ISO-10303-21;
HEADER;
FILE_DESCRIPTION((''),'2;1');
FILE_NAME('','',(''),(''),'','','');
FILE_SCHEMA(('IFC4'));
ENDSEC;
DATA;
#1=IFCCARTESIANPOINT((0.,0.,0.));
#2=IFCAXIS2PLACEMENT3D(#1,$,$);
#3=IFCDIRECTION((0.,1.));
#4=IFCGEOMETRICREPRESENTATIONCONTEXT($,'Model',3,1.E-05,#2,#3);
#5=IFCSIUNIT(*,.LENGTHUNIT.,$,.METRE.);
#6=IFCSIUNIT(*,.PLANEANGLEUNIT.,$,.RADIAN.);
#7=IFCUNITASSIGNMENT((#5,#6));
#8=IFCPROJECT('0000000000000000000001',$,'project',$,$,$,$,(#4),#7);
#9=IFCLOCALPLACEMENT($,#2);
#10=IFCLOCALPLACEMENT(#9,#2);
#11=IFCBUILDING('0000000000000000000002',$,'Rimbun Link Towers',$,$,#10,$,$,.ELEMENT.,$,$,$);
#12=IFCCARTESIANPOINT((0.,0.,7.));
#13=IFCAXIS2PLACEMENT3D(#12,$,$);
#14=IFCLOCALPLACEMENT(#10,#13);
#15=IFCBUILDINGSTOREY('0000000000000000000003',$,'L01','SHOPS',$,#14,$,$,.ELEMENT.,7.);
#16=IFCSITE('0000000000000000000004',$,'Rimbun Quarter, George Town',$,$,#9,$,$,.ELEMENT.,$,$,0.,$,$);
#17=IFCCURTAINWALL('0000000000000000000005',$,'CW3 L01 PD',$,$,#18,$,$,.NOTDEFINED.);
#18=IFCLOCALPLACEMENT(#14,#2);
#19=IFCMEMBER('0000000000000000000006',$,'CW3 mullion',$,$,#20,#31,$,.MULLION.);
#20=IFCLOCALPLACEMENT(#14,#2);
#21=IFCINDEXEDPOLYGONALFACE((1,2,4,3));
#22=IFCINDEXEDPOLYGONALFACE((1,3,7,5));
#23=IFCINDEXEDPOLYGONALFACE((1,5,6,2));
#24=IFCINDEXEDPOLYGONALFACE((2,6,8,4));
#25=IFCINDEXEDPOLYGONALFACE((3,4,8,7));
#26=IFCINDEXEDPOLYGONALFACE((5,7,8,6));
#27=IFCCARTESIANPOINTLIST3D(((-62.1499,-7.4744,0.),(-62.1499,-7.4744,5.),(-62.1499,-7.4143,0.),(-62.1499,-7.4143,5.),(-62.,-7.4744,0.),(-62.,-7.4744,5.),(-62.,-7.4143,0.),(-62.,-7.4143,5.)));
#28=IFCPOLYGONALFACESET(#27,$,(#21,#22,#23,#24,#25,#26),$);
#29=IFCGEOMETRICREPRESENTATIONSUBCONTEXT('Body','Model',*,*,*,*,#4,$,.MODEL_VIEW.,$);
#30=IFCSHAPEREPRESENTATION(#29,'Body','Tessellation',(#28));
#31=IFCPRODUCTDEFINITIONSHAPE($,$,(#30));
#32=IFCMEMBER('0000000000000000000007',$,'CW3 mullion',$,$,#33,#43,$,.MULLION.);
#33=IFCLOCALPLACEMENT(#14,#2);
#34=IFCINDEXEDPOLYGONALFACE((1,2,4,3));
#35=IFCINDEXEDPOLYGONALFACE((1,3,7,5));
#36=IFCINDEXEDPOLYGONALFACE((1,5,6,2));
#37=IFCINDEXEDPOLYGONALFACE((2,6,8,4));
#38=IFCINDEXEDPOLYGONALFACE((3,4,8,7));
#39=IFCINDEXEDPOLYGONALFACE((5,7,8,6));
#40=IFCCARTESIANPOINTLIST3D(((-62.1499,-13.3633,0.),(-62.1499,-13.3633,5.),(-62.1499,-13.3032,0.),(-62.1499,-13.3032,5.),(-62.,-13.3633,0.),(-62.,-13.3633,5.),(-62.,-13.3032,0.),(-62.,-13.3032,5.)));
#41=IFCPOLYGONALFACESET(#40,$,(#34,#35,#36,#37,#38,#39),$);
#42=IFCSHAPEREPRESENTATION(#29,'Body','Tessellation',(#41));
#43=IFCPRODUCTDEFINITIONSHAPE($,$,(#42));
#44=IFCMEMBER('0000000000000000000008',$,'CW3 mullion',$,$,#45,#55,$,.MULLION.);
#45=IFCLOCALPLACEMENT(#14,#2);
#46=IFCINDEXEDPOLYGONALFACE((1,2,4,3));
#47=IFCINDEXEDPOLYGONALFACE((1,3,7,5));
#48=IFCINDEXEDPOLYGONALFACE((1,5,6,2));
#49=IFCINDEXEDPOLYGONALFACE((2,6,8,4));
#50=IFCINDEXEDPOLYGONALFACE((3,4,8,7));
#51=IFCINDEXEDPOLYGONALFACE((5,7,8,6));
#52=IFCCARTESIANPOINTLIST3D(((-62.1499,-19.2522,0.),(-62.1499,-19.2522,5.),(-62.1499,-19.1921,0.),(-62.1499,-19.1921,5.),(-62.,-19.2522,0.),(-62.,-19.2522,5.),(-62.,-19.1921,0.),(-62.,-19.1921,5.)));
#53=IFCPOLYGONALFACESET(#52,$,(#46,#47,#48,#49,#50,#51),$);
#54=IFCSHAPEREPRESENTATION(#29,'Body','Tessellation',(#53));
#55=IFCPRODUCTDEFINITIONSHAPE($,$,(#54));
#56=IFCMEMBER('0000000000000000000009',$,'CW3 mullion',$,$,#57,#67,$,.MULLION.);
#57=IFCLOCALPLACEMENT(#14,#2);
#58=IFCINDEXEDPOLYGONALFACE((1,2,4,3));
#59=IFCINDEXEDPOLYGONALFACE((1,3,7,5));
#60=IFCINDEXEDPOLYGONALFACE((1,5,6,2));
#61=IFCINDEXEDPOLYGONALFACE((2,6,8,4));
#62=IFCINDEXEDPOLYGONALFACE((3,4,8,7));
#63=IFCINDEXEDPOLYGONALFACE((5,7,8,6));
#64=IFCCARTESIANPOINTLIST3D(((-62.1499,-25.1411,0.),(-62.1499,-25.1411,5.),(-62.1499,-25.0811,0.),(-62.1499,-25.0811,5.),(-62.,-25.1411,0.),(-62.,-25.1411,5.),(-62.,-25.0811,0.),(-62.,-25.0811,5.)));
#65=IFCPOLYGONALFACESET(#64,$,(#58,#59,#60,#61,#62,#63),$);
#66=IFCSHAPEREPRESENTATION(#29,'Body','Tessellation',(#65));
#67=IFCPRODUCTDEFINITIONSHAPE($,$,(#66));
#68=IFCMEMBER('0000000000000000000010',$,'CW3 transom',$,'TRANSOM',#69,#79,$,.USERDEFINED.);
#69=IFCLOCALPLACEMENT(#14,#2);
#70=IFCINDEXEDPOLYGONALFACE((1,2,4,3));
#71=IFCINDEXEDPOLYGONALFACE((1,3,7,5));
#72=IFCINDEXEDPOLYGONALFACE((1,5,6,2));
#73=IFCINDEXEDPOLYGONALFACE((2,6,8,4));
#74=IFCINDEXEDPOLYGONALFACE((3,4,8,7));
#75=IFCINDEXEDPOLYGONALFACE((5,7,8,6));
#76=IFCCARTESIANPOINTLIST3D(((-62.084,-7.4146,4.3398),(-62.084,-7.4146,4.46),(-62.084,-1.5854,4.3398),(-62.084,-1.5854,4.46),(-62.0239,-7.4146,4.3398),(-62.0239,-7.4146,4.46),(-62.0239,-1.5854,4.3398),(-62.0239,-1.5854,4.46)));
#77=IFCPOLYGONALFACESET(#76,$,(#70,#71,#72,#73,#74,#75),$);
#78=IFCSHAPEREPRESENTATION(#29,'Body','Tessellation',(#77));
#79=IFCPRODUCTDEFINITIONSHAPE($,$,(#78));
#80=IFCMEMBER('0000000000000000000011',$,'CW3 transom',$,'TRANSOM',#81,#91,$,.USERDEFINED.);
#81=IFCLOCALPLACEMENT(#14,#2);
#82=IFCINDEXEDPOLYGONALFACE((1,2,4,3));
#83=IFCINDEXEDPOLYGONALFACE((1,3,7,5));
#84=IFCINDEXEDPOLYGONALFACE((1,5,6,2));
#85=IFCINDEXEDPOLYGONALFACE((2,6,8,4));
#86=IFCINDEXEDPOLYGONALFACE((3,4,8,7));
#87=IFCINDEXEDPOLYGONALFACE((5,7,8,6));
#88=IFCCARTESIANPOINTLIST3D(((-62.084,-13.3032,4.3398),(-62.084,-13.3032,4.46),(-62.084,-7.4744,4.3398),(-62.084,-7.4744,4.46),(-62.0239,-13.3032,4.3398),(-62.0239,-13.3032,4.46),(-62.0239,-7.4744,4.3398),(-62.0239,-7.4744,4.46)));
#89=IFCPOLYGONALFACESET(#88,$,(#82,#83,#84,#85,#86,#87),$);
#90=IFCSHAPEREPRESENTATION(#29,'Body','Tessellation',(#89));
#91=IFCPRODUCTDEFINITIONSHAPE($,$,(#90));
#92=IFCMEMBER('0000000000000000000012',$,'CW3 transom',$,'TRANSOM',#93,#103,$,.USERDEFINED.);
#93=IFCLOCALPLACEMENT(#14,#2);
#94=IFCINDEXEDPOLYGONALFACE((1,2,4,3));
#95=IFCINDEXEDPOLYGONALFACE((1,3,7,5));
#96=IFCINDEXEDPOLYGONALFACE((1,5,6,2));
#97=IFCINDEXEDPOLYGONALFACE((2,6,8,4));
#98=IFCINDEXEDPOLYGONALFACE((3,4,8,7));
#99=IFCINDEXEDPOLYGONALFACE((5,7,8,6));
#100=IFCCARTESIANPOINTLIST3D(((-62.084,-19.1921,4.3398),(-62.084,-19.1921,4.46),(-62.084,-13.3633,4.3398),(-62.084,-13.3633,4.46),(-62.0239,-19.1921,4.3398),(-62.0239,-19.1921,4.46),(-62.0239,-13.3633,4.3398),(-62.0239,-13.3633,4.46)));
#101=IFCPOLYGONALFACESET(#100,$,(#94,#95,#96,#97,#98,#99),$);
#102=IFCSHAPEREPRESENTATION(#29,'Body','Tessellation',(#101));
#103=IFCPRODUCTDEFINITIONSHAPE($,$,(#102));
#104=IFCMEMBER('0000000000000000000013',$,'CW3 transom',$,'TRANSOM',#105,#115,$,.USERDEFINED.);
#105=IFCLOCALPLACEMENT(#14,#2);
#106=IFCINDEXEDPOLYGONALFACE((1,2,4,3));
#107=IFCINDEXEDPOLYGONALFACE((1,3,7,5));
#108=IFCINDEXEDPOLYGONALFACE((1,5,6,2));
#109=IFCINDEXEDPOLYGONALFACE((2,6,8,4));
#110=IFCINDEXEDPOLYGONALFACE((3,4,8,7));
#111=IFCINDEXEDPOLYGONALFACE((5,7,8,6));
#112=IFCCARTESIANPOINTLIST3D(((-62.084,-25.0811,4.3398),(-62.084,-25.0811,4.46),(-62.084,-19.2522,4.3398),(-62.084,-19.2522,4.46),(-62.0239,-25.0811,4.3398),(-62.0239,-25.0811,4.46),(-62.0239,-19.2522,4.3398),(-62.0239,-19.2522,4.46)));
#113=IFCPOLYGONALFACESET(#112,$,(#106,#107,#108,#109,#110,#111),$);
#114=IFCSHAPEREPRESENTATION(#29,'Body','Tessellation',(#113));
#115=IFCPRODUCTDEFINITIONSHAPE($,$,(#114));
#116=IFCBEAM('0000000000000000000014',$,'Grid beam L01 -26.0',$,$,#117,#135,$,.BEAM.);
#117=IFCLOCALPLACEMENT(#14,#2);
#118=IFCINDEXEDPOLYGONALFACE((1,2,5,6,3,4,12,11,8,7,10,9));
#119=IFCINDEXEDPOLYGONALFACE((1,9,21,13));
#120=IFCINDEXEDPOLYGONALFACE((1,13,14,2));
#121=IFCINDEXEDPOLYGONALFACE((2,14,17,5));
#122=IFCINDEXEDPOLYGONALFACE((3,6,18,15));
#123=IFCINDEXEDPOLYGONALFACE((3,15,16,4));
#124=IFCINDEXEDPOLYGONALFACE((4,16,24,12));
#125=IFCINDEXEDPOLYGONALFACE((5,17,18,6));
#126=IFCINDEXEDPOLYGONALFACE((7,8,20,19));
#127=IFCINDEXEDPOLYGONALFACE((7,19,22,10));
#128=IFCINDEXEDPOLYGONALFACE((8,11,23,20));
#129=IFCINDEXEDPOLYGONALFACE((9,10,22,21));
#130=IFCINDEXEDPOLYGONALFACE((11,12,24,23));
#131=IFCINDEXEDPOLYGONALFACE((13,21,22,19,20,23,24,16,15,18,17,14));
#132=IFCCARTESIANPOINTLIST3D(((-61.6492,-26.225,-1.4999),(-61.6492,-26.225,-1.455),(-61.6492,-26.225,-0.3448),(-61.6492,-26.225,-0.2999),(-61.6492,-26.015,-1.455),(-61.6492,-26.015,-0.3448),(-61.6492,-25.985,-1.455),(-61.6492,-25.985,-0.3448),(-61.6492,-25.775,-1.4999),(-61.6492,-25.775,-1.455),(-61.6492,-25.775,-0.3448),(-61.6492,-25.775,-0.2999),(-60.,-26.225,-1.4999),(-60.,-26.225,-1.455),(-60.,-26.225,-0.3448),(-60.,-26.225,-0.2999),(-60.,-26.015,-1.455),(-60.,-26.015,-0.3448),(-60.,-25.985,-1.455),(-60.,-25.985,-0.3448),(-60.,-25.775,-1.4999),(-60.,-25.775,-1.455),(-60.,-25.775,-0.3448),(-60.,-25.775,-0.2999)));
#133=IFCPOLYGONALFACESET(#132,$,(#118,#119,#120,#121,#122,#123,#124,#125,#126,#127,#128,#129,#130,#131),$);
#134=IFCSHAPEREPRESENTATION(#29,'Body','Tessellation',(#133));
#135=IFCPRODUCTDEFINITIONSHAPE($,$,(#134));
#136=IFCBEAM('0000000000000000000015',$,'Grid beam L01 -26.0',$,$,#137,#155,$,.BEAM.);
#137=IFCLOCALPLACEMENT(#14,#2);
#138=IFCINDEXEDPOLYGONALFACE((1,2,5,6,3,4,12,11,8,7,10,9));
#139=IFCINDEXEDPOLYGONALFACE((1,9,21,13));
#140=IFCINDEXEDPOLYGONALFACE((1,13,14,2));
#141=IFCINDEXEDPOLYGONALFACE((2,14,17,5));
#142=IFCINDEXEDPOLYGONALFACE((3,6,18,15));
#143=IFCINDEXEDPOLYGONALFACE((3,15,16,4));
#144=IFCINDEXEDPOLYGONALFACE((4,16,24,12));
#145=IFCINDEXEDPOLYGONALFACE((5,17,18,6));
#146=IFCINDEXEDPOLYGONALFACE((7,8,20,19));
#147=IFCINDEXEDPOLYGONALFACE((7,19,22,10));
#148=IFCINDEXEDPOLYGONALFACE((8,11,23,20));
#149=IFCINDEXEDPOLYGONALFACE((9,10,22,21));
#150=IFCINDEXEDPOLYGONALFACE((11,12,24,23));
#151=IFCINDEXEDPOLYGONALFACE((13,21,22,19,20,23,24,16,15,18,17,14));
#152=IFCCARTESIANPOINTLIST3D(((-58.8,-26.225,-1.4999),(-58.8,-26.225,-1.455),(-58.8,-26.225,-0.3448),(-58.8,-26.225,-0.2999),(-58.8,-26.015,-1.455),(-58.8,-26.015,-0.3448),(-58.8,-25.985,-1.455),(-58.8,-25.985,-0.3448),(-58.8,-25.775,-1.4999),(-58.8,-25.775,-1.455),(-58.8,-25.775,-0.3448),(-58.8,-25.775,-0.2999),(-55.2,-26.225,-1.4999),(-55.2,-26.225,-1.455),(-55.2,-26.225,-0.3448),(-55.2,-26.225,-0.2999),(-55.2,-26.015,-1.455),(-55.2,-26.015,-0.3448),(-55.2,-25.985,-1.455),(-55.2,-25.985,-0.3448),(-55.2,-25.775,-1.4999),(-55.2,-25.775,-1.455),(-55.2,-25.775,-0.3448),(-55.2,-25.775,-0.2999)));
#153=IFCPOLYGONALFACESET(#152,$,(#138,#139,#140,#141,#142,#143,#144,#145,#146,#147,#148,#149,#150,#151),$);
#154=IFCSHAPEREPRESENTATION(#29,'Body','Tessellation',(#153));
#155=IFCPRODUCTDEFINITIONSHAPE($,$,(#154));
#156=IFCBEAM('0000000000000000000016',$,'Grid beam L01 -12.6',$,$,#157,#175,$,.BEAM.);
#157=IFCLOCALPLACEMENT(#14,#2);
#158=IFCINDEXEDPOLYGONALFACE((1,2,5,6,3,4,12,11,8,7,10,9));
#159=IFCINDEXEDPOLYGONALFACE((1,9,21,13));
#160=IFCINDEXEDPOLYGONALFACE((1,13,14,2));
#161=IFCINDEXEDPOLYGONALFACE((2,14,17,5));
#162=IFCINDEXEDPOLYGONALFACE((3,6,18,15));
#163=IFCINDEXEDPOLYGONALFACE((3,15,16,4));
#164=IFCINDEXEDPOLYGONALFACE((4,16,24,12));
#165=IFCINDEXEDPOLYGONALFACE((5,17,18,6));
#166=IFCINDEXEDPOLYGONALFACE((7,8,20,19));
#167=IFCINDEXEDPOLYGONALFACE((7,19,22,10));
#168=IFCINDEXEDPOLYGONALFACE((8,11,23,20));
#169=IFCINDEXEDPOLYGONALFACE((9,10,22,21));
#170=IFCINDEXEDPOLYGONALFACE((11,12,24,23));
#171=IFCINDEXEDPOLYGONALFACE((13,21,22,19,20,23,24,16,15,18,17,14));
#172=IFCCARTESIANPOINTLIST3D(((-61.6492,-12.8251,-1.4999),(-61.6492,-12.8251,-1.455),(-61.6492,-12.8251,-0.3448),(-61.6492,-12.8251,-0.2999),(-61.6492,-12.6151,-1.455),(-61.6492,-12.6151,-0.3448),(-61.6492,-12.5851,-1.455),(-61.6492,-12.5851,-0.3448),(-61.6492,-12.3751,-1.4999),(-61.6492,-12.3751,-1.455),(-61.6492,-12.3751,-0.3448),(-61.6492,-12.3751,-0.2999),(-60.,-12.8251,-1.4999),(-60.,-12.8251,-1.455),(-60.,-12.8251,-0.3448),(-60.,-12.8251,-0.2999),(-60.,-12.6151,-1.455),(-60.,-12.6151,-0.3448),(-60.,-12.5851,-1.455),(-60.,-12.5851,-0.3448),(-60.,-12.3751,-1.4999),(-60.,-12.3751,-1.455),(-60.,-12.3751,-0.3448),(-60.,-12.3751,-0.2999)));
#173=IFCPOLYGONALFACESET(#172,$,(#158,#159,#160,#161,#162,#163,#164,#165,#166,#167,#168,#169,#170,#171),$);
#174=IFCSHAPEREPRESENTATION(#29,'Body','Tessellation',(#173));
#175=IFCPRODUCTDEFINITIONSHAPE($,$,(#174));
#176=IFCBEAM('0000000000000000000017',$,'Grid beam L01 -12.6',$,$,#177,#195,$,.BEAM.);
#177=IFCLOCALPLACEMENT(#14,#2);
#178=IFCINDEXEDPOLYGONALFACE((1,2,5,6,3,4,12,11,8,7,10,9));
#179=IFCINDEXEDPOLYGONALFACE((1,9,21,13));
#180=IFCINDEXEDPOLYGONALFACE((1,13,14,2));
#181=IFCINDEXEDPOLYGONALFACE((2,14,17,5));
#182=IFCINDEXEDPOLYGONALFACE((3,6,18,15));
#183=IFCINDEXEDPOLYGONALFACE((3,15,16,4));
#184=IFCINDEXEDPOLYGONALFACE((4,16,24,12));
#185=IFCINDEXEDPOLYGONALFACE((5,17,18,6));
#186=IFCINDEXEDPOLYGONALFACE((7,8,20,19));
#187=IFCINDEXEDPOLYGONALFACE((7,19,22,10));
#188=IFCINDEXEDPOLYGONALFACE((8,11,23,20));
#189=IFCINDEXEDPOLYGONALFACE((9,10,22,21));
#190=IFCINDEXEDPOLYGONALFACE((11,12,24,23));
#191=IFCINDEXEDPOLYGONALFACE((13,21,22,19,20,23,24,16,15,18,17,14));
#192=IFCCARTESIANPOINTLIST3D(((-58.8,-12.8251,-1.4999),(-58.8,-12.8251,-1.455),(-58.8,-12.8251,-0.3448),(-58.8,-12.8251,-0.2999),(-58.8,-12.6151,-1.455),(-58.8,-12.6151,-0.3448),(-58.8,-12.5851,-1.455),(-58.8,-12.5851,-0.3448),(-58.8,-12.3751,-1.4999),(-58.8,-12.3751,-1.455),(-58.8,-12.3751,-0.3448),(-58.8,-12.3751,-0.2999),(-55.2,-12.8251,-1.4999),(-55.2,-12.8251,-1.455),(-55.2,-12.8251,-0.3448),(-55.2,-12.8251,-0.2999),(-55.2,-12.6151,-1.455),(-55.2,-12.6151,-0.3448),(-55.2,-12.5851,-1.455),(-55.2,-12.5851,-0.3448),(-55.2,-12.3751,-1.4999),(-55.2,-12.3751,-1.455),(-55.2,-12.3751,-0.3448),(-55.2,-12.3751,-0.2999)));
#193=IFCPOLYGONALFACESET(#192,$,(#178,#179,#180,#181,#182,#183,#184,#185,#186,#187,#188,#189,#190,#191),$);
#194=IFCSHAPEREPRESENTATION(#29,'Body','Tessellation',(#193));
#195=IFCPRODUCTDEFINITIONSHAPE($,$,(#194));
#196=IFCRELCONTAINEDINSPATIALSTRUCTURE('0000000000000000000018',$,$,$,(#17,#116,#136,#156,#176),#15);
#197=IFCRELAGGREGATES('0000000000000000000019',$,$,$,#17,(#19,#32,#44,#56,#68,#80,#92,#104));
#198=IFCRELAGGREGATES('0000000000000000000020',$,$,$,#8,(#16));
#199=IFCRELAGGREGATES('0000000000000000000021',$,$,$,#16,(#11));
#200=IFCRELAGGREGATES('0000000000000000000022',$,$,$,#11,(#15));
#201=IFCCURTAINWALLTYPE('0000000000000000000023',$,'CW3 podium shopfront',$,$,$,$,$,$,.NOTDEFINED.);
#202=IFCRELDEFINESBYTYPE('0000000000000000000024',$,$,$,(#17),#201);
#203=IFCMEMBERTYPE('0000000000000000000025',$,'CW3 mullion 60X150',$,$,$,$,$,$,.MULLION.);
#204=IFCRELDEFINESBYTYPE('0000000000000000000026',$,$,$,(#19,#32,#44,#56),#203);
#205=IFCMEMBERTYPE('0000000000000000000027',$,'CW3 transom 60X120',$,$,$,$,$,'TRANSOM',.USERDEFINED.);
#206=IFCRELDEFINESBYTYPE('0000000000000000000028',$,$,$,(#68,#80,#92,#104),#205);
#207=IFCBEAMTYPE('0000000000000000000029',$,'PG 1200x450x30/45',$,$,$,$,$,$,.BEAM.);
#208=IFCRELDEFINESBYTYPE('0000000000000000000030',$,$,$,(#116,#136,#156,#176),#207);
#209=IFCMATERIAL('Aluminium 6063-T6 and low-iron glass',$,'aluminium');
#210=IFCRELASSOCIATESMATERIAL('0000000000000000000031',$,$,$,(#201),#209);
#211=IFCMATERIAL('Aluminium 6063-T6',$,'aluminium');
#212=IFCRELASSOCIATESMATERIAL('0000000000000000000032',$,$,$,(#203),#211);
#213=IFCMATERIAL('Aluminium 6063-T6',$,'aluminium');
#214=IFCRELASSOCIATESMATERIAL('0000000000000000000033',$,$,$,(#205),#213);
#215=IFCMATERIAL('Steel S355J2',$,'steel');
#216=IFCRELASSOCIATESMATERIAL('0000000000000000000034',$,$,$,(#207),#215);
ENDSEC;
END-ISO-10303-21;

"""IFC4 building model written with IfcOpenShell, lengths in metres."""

from ifc_helpers import new_model, si_unit, direction, frame, origin, origin_2d, place, context, subcontext, project, spatial, rectangle, i_section, extrude, material, material_profile, profile_set, type_object, element, aggregate, save


model = new_model("IFC4")

# Units and contexts
model_context = context("Model", 3, precision=1e-05, world=origin(), true_north=direction((0.0, 1.0)))
body_context = subcontext(model_context, "Body", "Model", "MODEL_VIEW")
ifc_project = project(units=[si_unit("LENGTHUNIT", "METRE"), si_unit("PLANEANGLEUNIT", "RADIAN")], contexts=[model_context])

# Site, building, storey
site_placement = place(None, origin())
site = spatial("IfcSite", under=ifc_project, at=site_placement, Name="Rimbun Quarter, George Town", CompositionType="ELEMENT", RefElevation=0.0)
building_placement = place(site_placement, origin())
building = spatial("IfcBuilding", under=site, at=building_placement, Name="Rimbun Link Towers", CompositionType="ELEMENT")
storey_placement = place(building_placement, frame((0.0, 0.0, 7.0)))
storey = spatial("IfcBuildingStorey", under=building, at=storey_placement, Name="L01", Description="SHOPS", CompositionType="ELEMENT", Elevation=7.0)

# Curtain wall, members
ifc_material_1 = material(Name="Aluminium 6063-T6 and low-iron glass", Category="aluminium")
curtain_wall_type = type_object("IfcCurtainWallType", Name="CW3 podium shopfront", PredefinedType="NOTDEFINED", material=ifc_material_1)
curtain_wall_placement = place(storey_placement, origin())
curtain_wall = element("IfcCurtainWall", 1, at=curtain_wall_placement, inside=storey, type_object=curtain_wall_type, Name="CW3 L01 PD", PredefinedType="NOTDEFINED")
ifc_material_2 = material(Name="Aluminium 6063-T6", Category="aluminium")
ifc_material_profile_1 = material_profile(ifc_material_2, rectangle(XDim=0.1499, YDim=0.0601, at=origin_2d()), Name="MULLION 60X150")
ifc_profile_set_1 = profile_set([ifc_material_profile_1], Name="Aluminium 6063-T6")
member_type_1 = type_object("IfcMemberType", Name="CW3 mullion 60X150", PredefinedType="MULLION", material=ifc_profile_set_1)
member_1_placement = place(storey_placement, frame((-62.075, -7.4443, 0.0), z_axis=(0.0, 0.0, 1.0), x_axis=(-1.0, 0.0, 0.0)))
member_1 = element("IfcMember", 2, at=member_1_placement, type_object=member_type_1, Name="CW3 mullion", PredefinedType="MULLION", context=body_context, shape_type="SweptSolid", body=[
    extrude(rectangle(XDim=0.1499, YDim=0.0601, at=origin_2d()), origin(), (0.0, 0.0, 1.0), 5.0),
])
member_2_placement = place(storey_placement, frame((-62.075, -13.3333, 0.0), z_axis=(0.0, 0.0, 1.0), x_axis=(-1.0, 0.0, 0.0)))
member_2 = element("IfcMember", 3, at=member_2_placement, type_object=member_type_1, Name="CW3 mullion", PredefinedType="MULLION", context=body_context, shape_type="SweptSolid", body=[
    extrude(rectangle(XDim=0.1499, YDim=0.0601, at=origin_2d()), origin(), (0.0, 0.0, 1.0), 5.0),
])
member_3_placement = place(storey_placement, frame((-62.075, -19.2222, 0.0), z_axis=(0.0, 0.0, 1.0), x_axis=(-1.0, 0.0, 0.0)))
member_3 = element("IfcMember", 4, at=member_3_placement, type_object=member_type_1, Name="CW3 mullion", PredefinedType="MULLION", context=body_context, shape_type="SweptSolid", body=[
    extrude(rectangle(XDim=0.1499, YDim=0.0601, at=origin_2d()), origin(), (0.0, 0.0, 1.0), 5.0),
])
member_4_placement = place(storey_placement, frame((-62.075, -25.1111, 0.0), z_axis=(0.0, 0.0, 1.0), x_axis=(-1.0, 0.0, 0.0)))
member_4 = element("IfcMember", 5, at=member_4_placement, type_object=member_type_1, Name="CW3 mullion", PredefinedType="MULLION", context=body_context, shape_type="SweptSolid", body=[
    extrude(rectangle(XDim=0.1499, YDim=0.0601, at=origin_2d()), origin(), (0.0, 0.0, 1.0), 5.0),
])
ifc_material_3 = material(Name="Aluminium 6063-T6", Category="aluminium")
ifc_material_profile_2 = material_profile(ifc_material_3, rectangle(XDim=0.0601, YDim=0.1201, at=origin_2d()), Name="TRANSOM 60X120")
ifc_profile_set_2 = profile_set([ifc_material_profile_2], Name="Aluminium 6063-T6")
member_type_2 = type_object("IfcMemberType", Name="CW3 transom 60X120", ElementType="TRANSOM", PredefinedType="USERDEFINED", material=ifc_profile_set_2)
member_5_placement = place(storey_placement, frame((-62.054, -7.4146, 4.3999), z_axis=(0.0, 1.0, 0.0), x_axis=(-1.0, 0.0, 0.0)))
member_5 = element("IfcMember", 6, at=member_5_placement, type_object=member_type_2, Name="CW3 transom", ObjectType="TRANSOM", PredefinedType="USERDEFINED", context=body_context, shape_type="SweptSolid", body=[
    extrude(rectangle(XDim=0.0601, YDim=0.1201, at=origin_2d()), origin(), (0.0, 0.0, 1.0), 5.8291),
])
member_6_placement = place(storey_placement, frame((-62.054, -13.3032, 4.3999), z_axis=(0.0, 1.0, 0.0), x_axis=(-1.0, 0.0, 0.0)))
member_6 = element("IfcMember", 7, at=member_6_placement, type_object=member_type_2, Name="CW3 transom", ObjectType="TRANSOM", PredefinedType="USERDEFINED", context=body_context, shape_type="SweptSolid", body=[
    extrude(rectangle(XDim=0.0601, YDim=0.1201, at=origin_2d()), origin(), (0.0, 0.0, 1.0), 5.8289),
])
member_7_placement = place(storey_placement, frame((-62.054, -19.1921, 4.3999), z_axis=(0.0, 1.0, 0.0), x_axis=(-1.0, 0.0, 0.0)))
member_7 = element("IfcMember", 8, at=member_7_placement, type_object=member_type_2, Name="CW3 transom", ObjectType="TRANSOM", PredefinedType="USERDEFINED", context=body_context, shape_type="SweptSolid", body=[
    extrude(rectangle(XDim=0.0601, YDim=0.1201, at=origin_2d()), origin(), (0.0, 0.0, 1.0), 5.8289),
])
member_8_placement = place(storey_placement, frame((-62.054, -25.0811, 4.3999), z_axis=(0.0, 1.0, 0.0), x_axis=(-1.0, 0.0, 0.0)))
member_8 = element("IfcMember", 9, at=member_8_placement, type_object=member_type_2, Name="CW3 transom", ObjectType="TRANSOM", PredefinedType="USERDEFINED", context=body_context, shape_type="SweptSolid", body=[
    extrude(rectangle(XDim=0.0601, YDim=0.1201, at=origin_2d()), origin(), (0.0, 0.0, 1.0), 5.8289),
])

# Beams
ifc_material_4 = material(Name="Steel S355J2", Category="steel")
ifc_material_profile_3 = material_profile(ifc_material_4, i_section(OverallWidth=0.45, OverallDepth=1.2, WebThickness=0.03, FlangeThickness=0.0449, at=origin_2d()), Name="PG 1200x450x30/45")
ifc_profile_set_3 = profile_set([ifc_material_profile_3], Name="Steel S355J2")
beam_type_1 = type_object("IfcBeamType", Name="PG 1200x450x30/45", PredefinedType="BEAM", material=ifc_profile_set_3)
beam_1_placement = place(storey_placement, frame((-61.6492, -26.0, -0.8999), z_axis=(1.0, 0.0, 0.0), x_axis=(0.0, 1.0, 0.0)))
element("IfcBeam", 10, at=beam_1_placement, inside=storey, type_object=beam_type_1, Name="Grid beam L01 -26.0", PredefinedType="BEAM", context=body_context, shape_type="SweptSolid", body=[
    extrude(i_section(OverallWidth=0.45, OverallDepth=1.2, WebThickness=0.03, FlangeThickness=0.0449, at=origin_2d()), origin(), (0.0, 0.0, 1.0), 1.6492),
])
beam_2_placement = place(storey_placement, frame((-58.8, -26.0, -0.8999), z_axis=(1.0, 0.0, 0.0), x_axis=(0.0, 1.0, 0.0)))
element("IfcBeam", 11, at=beam_2_placement, inside=storey, type_object=beam_type_1, Name="Grid beam L01 -26.0", PredefinedType="BEAM", context=body_context, shape_type="SweptSolid", body=[
    extrude(i_section(OverallWidth=0.45, OverallDepth=1.2, WebThickness=0.03, FlangeThickness=0.0449, at=origin_2d()), origin(), (0.0, 0.0, 1.0), 3.6001),
])
beam_3_placement = place(storey_placement, frame((-61.6492, -12.6001, -0.8999), z_axis=(1.0, 0.0, 0.0), x_axis=(0.0, 1.0, 0.0)))
element("IfcBeam", 12, at=beam_3_placement, inside=storey, type_object=beam_type_1, Name="Grid beam L01 -12.6", PredefinedType="BEAM", context=body_context, shape_type="SweptSolid", body=[
    extrude(i_section(OverallWidth=0.45, OverallDepth=1.2, WebThickness=0.03, FlangeThickness=0.0449, at=origin_2d()), origin(), (0.0, 0.0, 1.0), 1.6492),
])
beam_4_placement = place(storey_placement, frame((-58.8, -12.6001, -0.8999), z_axis=(1.0, 0.0, 0.0), x_axis=(0.0, 1.0, 0.0)))
element("IfcBeam", 13, at=beam_4_placement, inside=storey, type_object=beam_type_1, Name="Grid beam L01 -12.6", PredefinedType="BEAM", context=body_context, shape_type="SweptSolid", body=[
    extrude(i_section(OverallWidth=0.45, OverallDepth=1.2, WebThickness=0.03, FlangeThickness=0.0449, at=origin_2d()), origin(), (0.0, 0.0, 1.0), 3.6001),
])

aggregate(curtain_wall, [member_1, member_2, member_3, member_4, member_5, member_6, member_7, member_8])

save(model, "model.ifc")
